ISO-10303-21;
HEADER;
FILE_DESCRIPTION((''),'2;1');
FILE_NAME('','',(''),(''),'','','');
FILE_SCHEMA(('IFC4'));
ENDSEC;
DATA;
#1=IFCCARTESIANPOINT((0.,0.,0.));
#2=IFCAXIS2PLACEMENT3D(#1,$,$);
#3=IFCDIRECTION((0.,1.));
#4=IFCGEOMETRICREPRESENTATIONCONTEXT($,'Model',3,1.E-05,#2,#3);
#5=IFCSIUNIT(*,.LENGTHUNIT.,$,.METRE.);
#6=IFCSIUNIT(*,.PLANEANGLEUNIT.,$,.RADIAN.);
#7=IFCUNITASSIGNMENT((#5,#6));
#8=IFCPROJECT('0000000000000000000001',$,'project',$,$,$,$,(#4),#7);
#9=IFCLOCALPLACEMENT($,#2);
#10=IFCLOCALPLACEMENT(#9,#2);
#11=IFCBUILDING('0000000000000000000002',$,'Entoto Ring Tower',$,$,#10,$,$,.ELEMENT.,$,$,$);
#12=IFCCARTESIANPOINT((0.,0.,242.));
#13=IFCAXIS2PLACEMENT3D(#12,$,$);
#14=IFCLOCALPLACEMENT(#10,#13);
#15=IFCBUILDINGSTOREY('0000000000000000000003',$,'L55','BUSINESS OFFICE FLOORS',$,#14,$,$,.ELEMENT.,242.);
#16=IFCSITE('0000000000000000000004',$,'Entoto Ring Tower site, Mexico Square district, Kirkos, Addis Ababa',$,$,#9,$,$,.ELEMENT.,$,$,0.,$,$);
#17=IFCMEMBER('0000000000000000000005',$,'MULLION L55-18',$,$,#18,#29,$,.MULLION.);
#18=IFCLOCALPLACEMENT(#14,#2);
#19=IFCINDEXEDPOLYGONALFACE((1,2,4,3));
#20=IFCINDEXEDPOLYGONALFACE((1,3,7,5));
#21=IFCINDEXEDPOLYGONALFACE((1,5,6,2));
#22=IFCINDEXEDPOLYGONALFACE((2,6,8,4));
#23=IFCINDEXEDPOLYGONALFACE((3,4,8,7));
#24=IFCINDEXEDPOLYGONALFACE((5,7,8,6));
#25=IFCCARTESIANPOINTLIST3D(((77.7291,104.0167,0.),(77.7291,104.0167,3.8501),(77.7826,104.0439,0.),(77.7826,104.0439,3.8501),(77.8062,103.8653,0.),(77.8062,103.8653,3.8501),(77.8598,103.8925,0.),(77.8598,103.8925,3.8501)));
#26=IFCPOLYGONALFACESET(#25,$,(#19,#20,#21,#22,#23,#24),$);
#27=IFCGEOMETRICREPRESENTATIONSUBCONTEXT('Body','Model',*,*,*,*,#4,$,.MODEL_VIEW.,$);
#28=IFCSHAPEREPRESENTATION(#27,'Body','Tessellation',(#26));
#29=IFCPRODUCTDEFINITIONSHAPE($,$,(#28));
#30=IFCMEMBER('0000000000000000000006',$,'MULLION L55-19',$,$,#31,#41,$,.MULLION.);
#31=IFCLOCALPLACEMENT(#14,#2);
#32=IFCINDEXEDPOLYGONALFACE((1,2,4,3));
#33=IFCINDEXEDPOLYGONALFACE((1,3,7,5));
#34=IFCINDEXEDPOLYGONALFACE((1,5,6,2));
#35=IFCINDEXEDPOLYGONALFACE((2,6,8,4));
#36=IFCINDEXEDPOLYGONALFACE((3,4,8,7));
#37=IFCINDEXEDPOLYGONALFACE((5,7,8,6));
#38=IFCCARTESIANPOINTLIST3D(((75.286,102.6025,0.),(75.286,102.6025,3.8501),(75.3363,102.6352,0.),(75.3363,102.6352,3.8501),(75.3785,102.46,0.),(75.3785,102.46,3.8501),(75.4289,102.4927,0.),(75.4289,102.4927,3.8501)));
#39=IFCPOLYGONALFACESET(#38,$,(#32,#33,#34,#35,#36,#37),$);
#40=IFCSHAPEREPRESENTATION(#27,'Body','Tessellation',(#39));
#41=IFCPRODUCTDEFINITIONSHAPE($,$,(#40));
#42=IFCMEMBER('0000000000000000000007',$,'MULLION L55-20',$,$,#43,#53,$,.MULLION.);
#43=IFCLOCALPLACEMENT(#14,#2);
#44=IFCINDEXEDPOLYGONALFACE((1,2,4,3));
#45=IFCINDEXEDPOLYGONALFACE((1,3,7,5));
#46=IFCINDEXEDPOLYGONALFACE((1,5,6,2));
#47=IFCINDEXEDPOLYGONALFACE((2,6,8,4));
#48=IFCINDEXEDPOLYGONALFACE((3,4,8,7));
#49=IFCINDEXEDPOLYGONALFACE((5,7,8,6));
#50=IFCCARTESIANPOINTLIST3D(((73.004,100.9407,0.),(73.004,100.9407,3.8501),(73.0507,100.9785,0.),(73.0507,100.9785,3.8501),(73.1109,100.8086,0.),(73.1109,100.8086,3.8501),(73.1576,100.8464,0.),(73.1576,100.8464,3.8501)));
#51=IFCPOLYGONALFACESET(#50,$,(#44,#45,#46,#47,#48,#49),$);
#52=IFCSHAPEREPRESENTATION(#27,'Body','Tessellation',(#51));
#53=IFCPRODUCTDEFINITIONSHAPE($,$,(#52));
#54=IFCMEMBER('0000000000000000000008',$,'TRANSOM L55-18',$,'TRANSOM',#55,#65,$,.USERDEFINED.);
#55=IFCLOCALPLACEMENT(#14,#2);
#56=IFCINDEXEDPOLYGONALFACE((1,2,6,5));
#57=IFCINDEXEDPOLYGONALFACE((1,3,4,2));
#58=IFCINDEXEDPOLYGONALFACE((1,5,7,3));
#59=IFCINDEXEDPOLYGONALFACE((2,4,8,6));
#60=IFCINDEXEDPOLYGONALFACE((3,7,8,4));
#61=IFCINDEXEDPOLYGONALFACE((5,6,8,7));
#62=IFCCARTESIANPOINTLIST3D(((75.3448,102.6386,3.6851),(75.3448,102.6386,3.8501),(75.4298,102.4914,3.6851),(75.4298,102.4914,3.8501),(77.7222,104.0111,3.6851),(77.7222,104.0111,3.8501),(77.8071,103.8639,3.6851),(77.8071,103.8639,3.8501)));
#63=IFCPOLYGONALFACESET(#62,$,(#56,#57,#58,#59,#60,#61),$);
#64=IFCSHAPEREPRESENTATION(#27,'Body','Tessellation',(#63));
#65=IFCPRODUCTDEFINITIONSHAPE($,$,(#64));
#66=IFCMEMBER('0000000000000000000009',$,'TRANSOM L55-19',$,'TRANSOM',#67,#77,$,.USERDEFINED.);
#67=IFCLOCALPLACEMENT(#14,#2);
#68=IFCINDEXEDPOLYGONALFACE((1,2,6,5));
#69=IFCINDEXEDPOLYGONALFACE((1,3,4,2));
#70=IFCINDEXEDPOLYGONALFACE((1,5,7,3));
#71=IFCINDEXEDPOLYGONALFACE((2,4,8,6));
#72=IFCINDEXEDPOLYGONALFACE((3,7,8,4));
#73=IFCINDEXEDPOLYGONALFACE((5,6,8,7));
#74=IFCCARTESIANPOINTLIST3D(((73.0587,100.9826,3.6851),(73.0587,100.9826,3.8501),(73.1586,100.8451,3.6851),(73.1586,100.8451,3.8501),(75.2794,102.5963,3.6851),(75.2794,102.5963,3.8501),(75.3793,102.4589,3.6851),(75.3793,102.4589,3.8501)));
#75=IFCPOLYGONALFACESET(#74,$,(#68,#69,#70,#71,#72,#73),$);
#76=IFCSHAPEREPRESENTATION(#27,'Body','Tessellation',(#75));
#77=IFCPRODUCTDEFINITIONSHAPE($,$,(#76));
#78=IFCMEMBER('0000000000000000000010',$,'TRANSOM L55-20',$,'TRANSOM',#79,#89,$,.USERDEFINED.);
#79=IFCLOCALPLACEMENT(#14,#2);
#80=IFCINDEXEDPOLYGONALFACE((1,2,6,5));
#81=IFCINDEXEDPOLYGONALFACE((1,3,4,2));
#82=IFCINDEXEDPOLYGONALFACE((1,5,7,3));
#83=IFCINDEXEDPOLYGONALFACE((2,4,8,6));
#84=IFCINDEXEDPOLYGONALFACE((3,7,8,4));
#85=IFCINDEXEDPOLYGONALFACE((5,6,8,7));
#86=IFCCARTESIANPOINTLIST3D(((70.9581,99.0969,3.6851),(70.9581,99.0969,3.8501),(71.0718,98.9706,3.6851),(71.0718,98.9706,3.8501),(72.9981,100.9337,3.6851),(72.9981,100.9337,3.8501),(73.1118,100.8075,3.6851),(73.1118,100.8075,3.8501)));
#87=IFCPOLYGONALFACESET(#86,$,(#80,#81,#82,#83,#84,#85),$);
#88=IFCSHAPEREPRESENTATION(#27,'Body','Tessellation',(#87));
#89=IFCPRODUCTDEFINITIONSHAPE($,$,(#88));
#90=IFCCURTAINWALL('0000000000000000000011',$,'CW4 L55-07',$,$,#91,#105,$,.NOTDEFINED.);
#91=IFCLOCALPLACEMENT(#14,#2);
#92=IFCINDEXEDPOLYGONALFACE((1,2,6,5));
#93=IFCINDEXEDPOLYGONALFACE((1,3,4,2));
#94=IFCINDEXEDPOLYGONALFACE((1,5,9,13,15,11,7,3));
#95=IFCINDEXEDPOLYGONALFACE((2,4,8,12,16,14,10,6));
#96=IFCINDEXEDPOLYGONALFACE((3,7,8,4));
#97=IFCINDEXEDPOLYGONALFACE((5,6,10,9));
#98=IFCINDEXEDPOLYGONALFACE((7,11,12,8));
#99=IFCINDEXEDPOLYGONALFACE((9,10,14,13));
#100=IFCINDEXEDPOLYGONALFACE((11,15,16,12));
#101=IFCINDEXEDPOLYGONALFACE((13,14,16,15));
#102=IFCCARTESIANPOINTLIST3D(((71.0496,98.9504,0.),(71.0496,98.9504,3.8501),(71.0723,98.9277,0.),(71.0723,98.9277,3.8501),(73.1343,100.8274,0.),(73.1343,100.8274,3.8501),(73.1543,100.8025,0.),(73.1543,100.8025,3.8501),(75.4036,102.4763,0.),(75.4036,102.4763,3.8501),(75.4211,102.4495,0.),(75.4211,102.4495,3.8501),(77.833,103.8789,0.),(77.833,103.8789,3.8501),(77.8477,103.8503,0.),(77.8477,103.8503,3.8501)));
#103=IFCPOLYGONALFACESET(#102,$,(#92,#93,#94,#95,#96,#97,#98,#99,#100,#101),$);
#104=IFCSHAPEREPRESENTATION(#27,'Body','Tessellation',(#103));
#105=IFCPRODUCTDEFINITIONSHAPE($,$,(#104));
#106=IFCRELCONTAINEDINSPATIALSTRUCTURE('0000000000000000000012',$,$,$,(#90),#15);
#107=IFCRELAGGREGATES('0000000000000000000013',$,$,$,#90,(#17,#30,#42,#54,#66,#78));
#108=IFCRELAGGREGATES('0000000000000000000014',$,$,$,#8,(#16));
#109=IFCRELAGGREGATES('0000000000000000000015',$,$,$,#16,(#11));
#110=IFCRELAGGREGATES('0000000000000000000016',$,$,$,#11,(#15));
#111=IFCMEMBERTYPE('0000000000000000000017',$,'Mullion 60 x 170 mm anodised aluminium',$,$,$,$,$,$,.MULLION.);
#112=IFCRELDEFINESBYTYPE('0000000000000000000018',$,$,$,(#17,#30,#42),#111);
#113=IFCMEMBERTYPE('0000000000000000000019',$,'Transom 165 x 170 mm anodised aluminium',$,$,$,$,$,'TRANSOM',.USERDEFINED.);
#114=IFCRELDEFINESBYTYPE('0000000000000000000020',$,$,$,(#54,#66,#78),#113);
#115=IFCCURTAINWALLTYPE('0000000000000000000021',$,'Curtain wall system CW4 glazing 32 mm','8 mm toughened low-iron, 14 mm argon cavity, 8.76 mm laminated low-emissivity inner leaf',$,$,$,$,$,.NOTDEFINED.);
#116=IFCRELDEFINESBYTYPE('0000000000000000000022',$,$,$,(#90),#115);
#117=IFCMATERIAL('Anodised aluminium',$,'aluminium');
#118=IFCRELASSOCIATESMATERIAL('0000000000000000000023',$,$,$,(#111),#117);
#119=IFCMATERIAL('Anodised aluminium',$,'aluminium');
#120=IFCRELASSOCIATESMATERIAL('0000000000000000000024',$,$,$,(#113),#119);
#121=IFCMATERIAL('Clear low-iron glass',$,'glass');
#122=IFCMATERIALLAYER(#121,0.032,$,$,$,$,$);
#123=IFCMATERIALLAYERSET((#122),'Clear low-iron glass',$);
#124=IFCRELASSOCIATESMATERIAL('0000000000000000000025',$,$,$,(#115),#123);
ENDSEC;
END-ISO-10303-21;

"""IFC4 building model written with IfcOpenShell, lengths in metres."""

from ifc_helpers import new_model, si_unit, direction, frame, origin, origin_2d, place, context, subcontext, project, spatial, polyline, rectangle, outline, extrude, material, layer, layer_set, material_profile, profile_set, type_object, element, aggregate, save


model = new_model("IFC4")

# Units and contexts
model_context = context("Model", 3, precision=1e-05, world=origin(), true_north=direction((0.0, 1.0)))
body_context = subcontext(model_context, "Body", "Model", "MODEL_VIEW")
ifc_project = project(units=[si_unit("LENGTHUNIT", "METRE"), si_unit("PLANEANGLEUNIT", "RADIAN")], contexts=[model_context])

# Members
ifc_material_1 = material(Name="Anodised aluminium", Category="aluminium")
ifc_material_profile_1 = material_profile(ifc_material_1, rectangle(XDim=0.0601, YDim=0.1699, at=origin_2d()), Name="Mullion 60 x 170 mm anodised aluminium")
ifc_profile_set_1 = profile_set([ifc_material_profile_1], Name="Anodised aluminium")
member_type_1 = type_object("IfcMemberType", Name="Mullion 60 x 170 mm anodised aluminium", PredefinedType="MULLION", material=ifc_profile_set_1)
site_placement = place(None, origin())
building_placement = place(site_placement, origin())
storey_placement = place(building_placement, frame((0.0, 0.0, 242.0)))
member_1_placement = place(storey_placement, frame((77.7944, 103.9546, 0.0), z_axis=(0.0, 0.0, 1.0), x_axis=(-0.891007, -0.45399, 0.0)))
member_1 = element("IfcMember", 1, at=member_1_placement, type_object=member_type_1, Name="MULLION L55-18", PredefinedType="MULLION", context=body_context, shape_type="SweptSolid", body=[
    extrude(rectangle(XDim=0.0601, YDim=0.1699, at=origin_2d()), origin(), (0.0, 0.0, 1.0), 3.8501),
])
member_2_placement = place(storey_placement, frame((75.3574, 102.5476, 0.0), z_axis=(0.0, 0.0, 1.0), x_axis=(-0.838671, -0.544639, 0.0)))
member_2 = element("IfcMember", 2, at=member_2_placement, type_object=member_type_1, Name="MULLION L55-19", PredefinedType="MULLION", context=body_context, shape_type="SweptSolid", body=[
    extrude(rectangle(XDim=0.0601, YDim=0.1699, at=origin_2d()), origin(), (0.0, 0.0, 1.0), 3.8501),
])
member_3_placement = place(storey_placement, frame((73.0808, 100.8936, 0.0), z_axis=(0.0, 0.0, 1.0), x_axis=(-0.777146, -0.62932, 0.0)))
member_3 = element("IfcMember", 3, at=member_3_placement, type_object=member_type_1, Name="MULLION L55-20", PredefinedType="MULLION", context=body_context, shape_type="SweptSolid", body=[
    extrude(rectangle(XDim=0.0601, YDim=0.1699, at=origin_2d()), origin(), (0.0, 0.0, 1.0), 3.8501),
])
ifc_material_2 = material(Name="Anodised aluminium", Category="aluminium")
ifc_material_profile_2 = material_profile(ifc_material_2, rectangle(XDim=0.1699, YDim=0.165, at=origin_2d()), Name="Transom 165 x 170 mm anodised aluminium")
ifc_profile_set_2 = profile_set([ifc_material_profile_2], Name="Anodised aluminium")
member_type_2 = type_object("IfcMemberType", Name="Transom 165 x 170 mm anodised aluminium", ElementType="TRANSOM", PredefinedType="USERDEFINED", material=ifc_profile_set_2)
member_4_placement = place(storey_placement, frame((77.7646, 103.9375, 3.7676), z_axis=(-0.866035, -0.499984, 0.0), x_axis=(0.499984, -0.866035, 0.0)))
member_4 = element("IfcMember", 4, at=member_4_placement, type_object=member_type_2, Name="TRANSOM L55-18", ObjectType="TRANSOM", PredefinedType="USERDEFINED", context=body_context, shape_type="SweptSolid", body=[
    extrude(rectangle(XDim=0.1699, YDim=0.165, at=origin_2d()), origin(), (0.0, 0.0, 1.0), 2.7451),
])
member_5_placement = place(storey_placement, frame((75.3293, 102.5276, 3.7676), z_axis=(-0.808959, -0.587865, 0.0), x_axis=(0.587865, -0.808959, 0.0)))
member_5 = element("IfcMember", 5, at=member_5_placement, type_object=member_type_2, Name="TRANSOM L55-19", ObjectType="TRANSOM", PredefinedType="USERDEFINED", context=body_context, shape_type="SweptSolid", body=[
    extrude(rectangle(XDim=0.1699, YDim=0.165, at=origin_2d()), origin(), (0.0, 0.0, 1.0), 2.7451),
])
member_6_placement = place(storey_placement, frame((73.0549, 100.8706, 3.7676), z_axis=(-0.743135, -0.669142, 0.0), x_axis=(0.669142, -0.743135, 0.0)))
member_6 = element("IfcMember", 6, at=member_6_placement, type_object=member_type_2, Name="TRANSOM L55-20", ObjectType="TRANSOM", PredefinedType="USERDEFINED", context=body_context, shape_type="SweptSolid", body=[
    extrude(rectangle(XDim=0.1699, YDim=0.165, at=origin_2d()), origin(), (0.0, 0.0, 1.0), 2.7451),
])

# Site, building, storey
site = spatial("IfcSite", under=ifc_project, at=site_placement, Name="Entoto Ring Tower site, Mexico Square district, Kirkos, Addis Ababa", CompositionType="ELEMENT", RefElevation=0.0)
building = spatial("IfcBuilding", under=site, at=building_placement, Name="Entoto Ring Tower", CompositionType="ELEMENT")
storey = spatial("IfcBuildingStorey", under=building, at=storey_placement, Name="L55", Description="BUSINESS OFFICE FLOORS", CompositionType="ELEMENT", Elevation=242.0)

# Curtain wall
ifc_material_3 = material(Name="Clear low-iron glass", Category="glass")
ifc_layer = layer(ifc_material_3, 0.032)
ifc_layer_set = layer_set([ifc_layer], Name="Clear low-iron glass")
curtain_wall_type = type_object("IfcCurtainWallType", Name="Curtain wall system CW4 glazing 32 mm", Description="8 mm toughened low-iron, 14 mm argon cavity, 8.76 mm laminated low-emissivity inner leaf", PredefinedType="NOTDEFINED", material=ifc_layer_set)
curtain_wall_1_placement = place(storey_placement, origin())
curtain_wall_1 = element("IfcCurtainWall", 7, at=curtain_wall_1_placement, inside=storey, type_object=curtain_wall_type, Name="CW4 L55-07", PredefinedType="NOTDEFINED", context=body_context, shape_type="SweptSolid", body=[
    extrude(outline(polyline([(77.833, 103.8789), (75.4036, 102.4763), (73.1343, 100.8274), (71.0496, 98.9504), (71.0723, 98.9277), (73.1543, 100.8025), (75.4211, 102.4495), (77.8477, 103.8503), (77.833, 103.8789)])), origin(), (0.0, 0.0, 1.0), 3.8501),
])
aggregate(curtain_wall_1, [member_1, member_2, member_3, member_4, member_5, member_6])

save(model, "model.ifc")
